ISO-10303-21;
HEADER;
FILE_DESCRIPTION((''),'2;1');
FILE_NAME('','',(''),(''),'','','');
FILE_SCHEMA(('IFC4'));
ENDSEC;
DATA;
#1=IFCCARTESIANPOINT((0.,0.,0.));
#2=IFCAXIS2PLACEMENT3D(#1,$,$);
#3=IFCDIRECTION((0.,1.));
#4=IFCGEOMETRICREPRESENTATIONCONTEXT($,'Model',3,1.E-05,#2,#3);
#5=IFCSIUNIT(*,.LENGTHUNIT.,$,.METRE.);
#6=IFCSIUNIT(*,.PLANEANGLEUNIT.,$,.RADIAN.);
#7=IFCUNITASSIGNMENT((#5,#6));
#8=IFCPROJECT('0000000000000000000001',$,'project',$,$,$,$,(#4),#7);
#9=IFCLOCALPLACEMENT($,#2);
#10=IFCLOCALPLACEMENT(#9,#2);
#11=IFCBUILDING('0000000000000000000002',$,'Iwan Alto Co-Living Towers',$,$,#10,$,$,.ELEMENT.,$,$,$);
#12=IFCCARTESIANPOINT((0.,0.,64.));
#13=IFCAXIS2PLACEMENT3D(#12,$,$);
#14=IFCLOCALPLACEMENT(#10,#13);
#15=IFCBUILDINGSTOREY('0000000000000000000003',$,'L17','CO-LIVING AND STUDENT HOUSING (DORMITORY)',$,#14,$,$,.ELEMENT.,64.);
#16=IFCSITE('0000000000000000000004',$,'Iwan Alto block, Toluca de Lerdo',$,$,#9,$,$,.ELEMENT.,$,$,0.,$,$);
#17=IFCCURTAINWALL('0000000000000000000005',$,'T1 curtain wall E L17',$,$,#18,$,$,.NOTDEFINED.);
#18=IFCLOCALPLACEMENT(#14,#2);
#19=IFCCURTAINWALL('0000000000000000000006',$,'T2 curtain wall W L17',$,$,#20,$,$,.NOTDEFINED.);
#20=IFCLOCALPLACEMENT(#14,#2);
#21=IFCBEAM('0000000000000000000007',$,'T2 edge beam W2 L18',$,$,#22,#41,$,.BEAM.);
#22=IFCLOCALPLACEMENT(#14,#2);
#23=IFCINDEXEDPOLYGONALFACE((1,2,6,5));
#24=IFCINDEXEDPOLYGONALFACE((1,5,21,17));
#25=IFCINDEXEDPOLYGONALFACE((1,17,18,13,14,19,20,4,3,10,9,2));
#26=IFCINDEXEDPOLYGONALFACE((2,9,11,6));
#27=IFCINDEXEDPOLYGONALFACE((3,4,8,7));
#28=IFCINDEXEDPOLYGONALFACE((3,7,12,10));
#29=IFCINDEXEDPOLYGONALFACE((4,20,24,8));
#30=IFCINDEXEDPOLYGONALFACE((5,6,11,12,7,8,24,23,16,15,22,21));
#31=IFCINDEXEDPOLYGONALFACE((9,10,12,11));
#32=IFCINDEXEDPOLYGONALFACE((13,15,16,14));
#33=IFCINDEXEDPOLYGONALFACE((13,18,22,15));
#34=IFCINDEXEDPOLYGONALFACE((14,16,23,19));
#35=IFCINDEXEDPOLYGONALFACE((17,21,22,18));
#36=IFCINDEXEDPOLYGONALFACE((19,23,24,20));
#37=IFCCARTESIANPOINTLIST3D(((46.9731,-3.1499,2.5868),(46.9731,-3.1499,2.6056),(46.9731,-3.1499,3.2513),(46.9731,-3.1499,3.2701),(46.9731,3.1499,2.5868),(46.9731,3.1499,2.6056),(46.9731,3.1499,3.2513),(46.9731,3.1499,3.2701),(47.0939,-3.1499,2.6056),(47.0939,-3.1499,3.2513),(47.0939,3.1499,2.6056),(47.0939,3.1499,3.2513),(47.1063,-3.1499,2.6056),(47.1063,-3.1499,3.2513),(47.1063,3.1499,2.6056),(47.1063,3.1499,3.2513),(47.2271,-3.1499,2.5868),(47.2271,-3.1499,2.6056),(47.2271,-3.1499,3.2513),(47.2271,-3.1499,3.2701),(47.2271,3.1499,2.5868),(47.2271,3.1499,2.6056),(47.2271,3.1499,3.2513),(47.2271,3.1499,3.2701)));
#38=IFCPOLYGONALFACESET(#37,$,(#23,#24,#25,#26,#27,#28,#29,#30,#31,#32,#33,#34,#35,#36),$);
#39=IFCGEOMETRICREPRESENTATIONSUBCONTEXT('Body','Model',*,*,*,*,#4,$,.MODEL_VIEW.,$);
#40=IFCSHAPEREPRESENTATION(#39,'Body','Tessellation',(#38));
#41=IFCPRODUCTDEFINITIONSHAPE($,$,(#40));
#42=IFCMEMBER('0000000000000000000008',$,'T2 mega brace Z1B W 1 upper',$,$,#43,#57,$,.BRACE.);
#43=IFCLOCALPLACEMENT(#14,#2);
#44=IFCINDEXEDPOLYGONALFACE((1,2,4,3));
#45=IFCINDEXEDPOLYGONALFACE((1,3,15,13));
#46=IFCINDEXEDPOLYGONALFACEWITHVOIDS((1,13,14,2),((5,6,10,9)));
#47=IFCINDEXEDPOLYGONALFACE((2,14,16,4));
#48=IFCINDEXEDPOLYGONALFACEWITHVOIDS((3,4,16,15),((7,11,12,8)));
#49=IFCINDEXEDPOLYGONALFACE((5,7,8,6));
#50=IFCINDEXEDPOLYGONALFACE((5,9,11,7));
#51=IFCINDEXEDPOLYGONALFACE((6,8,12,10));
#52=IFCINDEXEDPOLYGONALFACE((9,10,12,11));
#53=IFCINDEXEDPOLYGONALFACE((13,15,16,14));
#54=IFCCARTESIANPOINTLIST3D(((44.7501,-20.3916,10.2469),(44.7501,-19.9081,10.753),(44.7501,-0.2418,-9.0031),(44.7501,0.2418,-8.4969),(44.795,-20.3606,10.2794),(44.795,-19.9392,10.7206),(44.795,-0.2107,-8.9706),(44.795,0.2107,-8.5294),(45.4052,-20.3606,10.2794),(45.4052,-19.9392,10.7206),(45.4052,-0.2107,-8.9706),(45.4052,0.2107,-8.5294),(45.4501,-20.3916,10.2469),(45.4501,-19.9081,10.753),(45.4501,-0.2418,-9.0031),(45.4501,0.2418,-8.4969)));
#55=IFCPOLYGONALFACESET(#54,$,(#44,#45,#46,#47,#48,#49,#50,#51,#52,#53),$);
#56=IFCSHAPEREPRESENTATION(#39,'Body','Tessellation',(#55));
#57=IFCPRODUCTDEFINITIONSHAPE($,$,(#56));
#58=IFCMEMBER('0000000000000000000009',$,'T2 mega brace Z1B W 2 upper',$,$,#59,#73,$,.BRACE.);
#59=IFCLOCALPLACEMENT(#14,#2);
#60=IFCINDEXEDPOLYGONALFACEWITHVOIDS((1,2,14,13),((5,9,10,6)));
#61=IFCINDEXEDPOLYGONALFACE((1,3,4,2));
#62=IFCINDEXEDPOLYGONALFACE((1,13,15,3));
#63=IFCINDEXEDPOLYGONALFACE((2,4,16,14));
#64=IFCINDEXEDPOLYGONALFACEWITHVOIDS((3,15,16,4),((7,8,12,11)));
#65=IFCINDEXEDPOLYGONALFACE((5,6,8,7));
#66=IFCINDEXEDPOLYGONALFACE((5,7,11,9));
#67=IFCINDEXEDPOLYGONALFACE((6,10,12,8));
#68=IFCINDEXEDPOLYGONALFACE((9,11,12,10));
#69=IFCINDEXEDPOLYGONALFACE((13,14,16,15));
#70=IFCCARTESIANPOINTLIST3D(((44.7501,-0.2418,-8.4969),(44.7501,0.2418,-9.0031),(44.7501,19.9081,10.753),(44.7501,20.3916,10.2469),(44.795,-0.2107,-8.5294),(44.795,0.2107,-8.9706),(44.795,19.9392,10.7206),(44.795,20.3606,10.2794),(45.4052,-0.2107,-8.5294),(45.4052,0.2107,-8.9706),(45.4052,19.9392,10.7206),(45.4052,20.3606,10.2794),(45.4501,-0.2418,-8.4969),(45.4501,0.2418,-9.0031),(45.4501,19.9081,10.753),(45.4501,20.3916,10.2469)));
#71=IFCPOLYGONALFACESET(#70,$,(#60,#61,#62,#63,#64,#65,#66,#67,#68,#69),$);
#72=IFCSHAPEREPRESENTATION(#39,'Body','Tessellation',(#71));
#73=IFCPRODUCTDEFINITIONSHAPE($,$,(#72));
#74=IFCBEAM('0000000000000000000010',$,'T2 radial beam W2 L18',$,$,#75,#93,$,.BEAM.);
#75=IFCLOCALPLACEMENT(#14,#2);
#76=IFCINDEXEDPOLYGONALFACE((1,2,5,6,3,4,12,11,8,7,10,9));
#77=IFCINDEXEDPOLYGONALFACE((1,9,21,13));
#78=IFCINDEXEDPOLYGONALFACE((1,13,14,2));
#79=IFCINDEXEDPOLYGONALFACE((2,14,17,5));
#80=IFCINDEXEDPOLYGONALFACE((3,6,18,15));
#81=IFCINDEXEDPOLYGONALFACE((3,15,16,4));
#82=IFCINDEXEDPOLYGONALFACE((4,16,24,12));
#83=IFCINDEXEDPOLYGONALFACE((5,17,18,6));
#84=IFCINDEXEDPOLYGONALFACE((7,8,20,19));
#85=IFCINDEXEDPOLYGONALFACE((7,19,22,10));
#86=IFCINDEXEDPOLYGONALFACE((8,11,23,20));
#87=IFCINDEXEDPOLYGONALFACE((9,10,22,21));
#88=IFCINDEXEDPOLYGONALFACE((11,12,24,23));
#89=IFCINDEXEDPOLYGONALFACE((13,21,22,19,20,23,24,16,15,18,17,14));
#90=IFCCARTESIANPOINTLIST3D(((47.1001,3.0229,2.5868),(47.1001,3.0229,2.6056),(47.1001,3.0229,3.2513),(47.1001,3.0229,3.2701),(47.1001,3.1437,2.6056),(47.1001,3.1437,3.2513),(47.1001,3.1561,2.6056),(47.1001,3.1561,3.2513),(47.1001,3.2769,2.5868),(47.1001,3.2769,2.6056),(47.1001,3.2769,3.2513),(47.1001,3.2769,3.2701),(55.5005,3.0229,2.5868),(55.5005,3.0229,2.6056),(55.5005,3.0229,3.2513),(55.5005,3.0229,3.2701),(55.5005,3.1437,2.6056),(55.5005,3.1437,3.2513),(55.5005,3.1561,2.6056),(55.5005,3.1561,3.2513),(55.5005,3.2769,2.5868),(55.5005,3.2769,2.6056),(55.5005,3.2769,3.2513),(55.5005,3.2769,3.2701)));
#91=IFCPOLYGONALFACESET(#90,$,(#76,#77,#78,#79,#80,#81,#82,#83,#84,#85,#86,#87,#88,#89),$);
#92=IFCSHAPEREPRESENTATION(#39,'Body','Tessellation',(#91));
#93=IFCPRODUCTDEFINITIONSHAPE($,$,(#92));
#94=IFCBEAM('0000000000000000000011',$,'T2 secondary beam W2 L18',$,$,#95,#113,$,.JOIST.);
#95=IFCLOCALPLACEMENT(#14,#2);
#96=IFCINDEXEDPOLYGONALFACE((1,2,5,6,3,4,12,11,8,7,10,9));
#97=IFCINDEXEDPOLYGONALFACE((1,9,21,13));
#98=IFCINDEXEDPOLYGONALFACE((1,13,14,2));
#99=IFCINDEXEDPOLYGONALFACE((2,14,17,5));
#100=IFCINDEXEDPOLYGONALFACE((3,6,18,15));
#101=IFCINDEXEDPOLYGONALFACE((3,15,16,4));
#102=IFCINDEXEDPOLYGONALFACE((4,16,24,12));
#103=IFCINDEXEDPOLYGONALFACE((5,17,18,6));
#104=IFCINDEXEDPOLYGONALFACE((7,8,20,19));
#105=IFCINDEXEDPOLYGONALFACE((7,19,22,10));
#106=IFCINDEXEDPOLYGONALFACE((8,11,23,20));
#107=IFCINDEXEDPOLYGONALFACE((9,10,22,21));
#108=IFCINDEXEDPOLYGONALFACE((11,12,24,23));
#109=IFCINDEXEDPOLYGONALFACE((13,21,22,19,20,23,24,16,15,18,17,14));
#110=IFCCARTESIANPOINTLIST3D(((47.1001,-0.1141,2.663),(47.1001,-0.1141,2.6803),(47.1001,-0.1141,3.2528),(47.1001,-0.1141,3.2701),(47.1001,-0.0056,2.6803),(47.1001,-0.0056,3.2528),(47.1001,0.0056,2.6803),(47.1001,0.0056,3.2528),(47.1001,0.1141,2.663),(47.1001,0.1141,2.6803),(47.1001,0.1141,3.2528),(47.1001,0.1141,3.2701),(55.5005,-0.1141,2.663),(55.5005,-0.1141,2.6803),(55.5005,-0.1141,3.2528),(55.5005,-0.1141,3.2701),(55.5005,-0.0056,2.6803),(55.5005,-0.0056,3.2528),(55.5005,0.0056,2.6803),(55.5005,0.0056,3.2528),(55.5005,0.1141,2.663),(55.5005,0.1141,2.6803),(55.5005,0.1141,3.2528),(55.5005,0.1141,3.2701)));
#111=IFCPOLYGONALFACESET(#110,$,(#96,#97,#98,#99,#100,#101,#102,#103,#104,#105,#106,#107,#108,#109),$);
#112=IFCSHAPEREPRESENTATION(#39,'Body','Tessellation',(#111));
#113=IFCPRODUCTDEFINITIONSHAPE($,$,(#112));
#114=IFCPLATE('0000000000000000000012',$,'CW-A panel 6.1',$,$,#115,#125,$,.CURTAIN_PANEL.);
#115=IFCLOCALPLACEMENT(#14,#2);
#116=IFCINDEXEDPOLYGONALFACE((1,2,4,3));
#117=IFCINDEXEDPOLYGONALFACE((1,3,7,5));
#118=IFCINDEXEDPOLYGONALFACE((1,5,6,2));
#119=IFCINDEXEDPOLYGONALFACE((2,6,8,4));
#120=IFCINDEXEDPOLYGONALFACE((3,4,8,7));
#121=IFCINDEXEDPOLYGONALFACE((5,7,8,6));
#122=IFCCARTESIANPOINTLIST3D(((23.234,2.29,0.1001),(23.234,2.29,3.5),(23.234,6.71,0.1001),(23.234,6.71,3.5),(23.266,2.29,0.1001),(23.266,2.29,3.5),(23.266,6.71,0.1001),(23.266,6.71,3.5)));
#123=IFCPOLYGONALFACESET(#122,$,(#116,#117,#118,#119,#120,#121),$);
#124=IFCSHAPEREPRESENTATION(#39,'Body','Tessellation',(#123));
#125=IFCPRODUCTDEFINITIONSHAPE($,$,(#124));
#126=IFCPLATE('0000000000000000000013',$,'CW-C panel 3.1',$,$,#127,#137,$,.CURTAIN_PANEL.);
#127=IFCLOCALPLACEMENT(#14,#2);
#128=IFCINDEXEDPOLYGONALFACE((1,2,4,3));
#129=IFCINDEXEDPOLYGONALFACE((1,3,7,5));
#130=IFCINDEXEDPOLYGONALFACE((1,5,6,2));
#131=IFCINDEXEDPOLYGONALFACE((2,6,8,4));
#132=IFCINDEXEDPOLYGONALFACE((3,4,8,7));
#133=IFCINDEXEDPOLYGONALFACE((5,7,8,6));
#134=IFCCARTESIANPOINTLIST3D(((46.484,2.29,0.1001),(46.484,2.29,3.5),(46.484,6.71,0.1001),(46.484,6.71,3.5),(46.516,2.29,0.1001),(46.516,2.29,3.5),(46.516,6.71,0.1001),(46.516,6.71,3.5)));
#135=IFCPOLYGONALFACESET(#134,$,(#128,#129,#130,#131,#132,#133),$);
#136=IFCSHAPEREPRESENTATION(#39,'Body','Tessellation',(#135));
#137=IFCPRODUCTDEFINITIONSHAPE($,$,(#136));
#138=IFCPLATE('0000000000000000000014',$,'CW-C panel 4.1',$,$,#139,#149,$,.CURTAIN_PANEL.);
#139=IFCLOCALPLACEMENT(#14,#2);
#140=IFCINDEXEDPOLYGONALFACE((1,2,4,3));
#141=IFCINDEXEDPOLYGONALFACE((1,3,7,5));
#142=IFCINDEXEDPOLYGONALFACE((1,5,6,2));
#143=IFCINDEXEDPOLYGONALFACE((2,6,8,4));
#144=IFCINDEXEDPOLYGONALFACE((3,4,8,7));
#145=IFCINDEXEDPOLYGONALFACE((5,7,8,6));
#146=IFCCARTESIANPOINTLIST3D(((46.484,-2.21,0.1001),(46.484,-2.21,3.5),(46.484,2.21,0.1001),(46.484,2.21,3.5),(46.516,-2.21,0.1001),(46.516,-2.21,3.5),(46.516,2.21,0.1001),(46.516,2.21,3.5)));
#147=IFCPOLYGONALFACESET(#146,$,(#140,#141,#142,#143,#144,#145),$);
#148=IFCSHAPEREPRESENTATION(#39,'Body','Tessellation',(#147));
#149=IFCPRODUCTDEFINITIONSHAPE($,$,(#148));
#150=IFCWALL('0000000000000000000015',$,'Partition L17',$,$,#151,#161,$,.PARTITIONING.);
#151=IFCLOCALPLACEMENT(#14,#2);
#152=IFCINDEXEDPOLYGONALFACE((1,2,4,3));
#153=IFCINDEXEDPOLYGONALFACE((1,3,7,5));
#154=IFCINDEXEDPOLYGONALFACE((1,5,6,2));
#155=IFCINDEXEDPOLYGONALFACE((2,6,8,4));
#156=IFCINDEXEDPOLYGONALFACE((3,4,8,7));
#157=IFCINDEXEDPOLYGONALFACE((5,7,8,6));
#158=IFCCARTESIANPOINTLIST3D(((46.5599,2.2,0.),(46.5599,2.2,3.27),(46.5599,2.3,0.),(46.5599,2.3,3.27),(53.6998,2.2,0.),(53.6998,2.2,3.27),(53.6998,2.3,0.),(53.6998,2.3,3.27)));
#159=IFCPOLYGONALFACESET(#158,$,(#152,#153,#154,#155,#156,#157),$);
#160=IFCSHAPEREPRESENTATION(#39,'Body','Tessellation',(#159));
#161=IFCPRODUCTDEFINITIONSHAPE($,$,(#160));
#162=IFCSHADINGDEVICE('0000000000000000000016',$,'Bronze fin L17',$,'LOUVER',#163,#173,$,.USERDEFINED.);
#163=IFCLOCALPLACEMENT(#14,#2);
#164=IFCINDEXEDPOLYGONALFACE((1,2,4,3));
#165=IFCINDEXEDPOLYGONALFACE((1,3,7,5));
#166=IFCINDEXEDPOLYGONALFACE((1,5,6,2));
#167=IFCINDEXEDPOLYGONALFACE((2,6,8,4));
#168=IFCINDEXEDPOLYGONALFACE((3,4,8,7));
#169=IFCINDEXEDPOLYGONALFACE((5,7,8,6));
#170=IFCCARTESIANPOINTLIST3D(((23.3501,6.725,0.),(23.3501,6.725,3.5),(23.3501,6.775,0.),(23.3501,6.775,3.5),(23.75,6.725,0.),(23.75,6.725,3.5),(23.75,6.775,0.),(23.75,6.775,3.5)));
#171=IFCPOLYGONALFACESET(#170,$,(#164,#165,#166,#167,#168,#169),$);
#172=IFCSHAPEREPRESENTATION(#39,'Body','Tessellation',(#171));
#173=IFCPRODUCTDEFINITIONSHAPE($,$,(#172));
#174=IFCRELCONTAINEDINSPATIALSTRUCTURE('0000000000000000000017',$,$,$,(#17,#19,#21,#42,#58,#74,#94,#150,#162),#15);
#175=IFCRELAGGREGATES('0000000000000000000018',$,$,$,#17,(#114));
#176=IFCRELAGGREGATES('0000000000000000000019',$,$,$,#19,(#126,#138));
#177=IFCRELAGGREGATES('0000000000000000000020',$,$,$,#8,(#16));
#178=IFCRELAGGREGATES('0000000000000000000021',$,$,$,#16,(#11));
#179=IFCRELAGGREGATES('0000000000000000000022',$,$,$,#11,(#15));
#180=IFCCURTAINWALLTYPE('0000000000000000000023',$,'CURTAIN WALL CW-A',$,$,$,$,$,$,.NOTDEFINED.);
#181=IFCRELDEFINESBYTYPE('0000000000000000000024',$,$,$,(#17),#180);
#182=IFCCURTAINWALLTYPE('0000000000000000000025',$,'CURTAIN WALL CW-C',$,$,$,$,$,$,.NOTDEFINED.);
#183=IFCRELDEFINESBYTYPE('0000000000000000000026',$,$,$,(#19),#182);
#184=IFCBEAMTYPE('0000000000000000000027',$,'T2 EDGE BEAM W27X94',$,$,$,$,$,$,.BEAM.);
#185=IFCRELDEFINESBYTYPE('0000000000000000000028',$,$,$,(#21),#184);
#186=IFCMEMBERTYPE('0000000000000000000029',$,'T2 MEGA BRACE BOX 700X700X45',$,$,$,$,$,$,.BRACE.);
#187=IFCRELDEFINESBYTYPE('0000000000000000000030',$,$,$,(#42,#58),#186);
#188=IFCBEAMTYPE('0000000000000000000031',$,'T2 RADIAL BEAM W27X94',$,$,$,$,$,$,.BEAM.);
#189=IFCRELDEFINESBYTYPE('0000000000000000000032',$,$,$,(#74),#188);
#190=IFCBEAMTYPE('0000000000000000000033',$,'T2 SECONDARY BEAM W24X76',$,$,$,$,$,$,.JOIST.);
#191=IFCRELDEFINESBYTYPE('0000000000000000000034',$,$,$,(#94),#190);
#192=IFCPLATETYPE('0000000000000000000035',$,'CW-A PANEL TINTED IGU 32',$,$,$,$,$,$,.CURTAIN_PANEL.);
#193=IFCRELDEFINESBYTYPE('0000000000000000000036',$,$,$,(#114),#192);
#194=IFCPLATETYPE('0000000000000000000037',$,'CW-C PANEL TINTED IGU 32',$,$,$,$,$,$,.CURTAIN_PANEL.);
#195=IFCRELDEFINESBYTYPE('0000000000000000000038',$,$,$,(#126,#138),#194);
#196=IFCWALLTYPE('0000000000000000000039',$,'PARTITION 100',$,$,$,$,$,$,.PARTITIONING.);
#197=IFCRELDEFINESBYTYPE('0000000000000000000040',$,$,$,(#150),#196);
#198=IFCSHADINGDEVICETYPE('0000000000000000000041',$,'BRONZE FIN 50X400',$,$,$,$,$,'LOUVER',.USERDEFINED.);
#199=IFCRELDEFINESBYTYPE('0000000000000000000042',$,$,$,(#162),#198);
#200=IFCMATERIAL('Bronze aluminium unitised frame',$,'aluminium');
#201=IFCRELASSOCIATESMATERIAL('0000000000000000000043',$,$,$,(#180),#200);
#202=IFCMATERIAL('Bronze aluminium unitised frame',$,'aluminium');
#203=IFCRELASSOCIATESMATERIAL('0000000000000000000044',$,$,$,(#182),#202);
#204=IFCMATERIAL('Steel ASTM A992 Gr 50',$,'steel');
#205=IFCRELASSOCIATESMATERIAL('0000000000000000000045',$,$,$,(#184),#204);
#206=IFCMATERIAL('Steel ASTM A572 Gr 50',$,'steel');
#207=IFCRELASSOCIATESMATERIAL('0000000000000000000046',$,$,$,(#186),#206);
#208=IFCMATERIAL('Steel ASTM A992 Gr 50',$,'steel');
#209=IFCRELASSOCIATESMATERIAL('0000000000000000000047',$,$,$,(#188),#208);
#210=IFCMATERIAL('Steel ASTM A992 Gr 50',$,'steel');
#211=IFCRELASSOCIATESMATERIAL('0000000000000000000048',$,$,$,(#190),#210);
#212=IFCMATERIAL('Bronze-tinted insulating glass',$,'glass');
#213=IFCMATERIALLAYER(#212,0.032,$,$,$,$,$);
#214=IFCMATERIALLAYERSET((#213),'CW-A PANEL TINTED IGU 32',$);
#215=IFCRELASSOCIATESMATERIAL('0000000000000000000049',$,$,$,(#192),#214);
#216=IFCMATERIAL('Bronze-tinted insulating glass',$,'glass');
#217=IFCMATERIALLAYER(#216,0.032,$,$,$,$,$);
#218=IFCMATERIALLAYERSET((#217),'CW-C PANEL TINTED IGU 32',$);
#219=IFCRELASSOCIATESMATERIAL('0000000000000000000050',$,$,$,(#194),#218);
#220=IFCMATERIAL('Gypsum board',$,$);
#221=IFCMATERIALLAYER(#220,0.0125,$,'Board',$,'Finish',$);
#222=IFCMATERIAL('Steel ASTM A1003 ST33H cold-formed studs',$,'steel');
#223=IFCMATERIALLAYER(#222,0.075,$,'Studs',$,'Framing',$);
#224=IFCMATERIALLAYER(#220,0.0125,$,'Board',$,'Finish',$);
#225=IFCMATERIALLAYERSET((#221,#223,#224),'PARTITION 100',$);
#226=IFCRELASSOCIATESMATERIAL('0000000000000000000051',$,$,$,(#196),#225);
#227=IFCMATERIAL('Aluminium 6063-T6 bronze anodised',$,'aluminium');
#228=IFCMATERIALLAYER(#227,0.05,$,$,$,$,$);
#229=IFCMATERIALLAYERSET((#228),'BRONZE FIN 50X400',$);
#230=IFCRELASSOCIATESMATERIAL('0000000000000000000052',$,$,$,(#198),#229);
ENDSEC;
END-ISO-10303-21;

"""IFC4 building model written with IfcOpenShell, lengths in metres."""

from ifc_helpers import new_model, si_unit, direction, frame, frame_2d, origin, origin_2d, place, context, subcontext, project, spatial, rectangle, hollow_rectangle, i_section, extrude, material, layer, layer_set, material_profile, profile_set, type_object, element, aggregate, save


model = new_model("IFC4")

# Units and contexts
model_context = context("Model", 3, precision=1e-05, world=origin(), true_north=direction((0.0, 1.0)))
body_context = subcontext(model_context, "Body", "Model", "MODEL_VIEW")
ifc_project = project(units=[si_unit("LENGTHUNIT", "METRE"), si_unit("PLANEANGLEUNIT", "RADIAN")], contexts=[model_context])

# Site, building, storey
site_placement = place(None, origin())
site = spatial("IfcSite", under=ifc_project, at=site_placement, Name="Iwan Alto block, Toluca de Lerdo", CompositionType="ELEMENT", RefElevation=0.0)
building_placement = place(site_placement, origin())
building = spatial("IfcBuilding", under=site, at=building_placement, Name="Iwan Alto Co-Living Towers", CompositionType="ELEMENT")
storey_placement = place(building_placement, frame((0.0, 0.0, 64.0)))
storey = spatial("IfcBuildingStorey", under=building, at=storey_placement, Name="L17", Description="CO-LIVING AND STUDENT HOUSING (DORMITORY)", CompositionType="ELEMENT", Elevation=64.0)

# Curtain walls
ifc_material_1 = material(Name="Bronze aluminium unitised frame", Category="aluminium")
curtain_wall_type_1 = type_object("IfcCurtainWallType", Name="CURTAIN WALL CW-A", PredefinedType="NOTDEFINED", material=ifc_material_1)
curtain_wall_1_placement = place(storey_placement, origin())
curtain_wall_1 = element("IfcCurtainWall", 1, at=curtain_wall_1_placement, inside=storey, type_object=curtain_wall_type_1, Name="T1 curtain wall E L17", PredefinedType="NOTDEFINED")
ifc_material_2 = material(Name="Bronze aluminium unitised frame", Category="aluminium")
curtain_wall_type_2 = type_object("IfcCurtainWallType", Name="CURTAIN WALL CW-C", PredefinedType="NOTDEFINED", material=ifc_material_2)
curtain_wall_2_placement = place(storey_placement, origin())
curtain_wall_2 = element("IfcCurtainWall", 2, at=curtain_wall_2_placement, inside=storey, type_object=curtain_wall_type_2, Name="T2 curtain wall W L17", PredefinedType="NOTDEFINED")

# Beam
ifc_material_3 = material(Name="Steel ASTM A992 Gr 50", Category="steel")
ifc_material_profile_1 = material_profile(ifc_material_3, i_section(OverallWidth=0.2539, OverallDepth=0.6833, WebThickness=0.0125, FlangeThickness=0.0188, at=origin_2d()), Name="W27X94")
ifc_profile_set_1 = profile_set([ifc_material_profile_1], Name="Steel ASTM A992 Gr 50")
beam_type_1 = type_object("IfcBeamType", Name="T2 EDGE BEAM W27X94", PredefinedType="BEAM", material=ifc_profile_set_1)
beam_1_placement = place(storey_placement, frame((47.1001, 3.1499, 2.9285), z_axis=(0.0, -1.0, 0.0), x_axis=(1.0, 0.0, 0.0)))
element("IfcBeam", 3, at=beam_1_placement, inside=storey, type_object=beam_type_1, Name="T2 edge beam W2 L18", PredefinedType="BEAM", context=body_context, shape_type="SweptSolid", body=[
    extrude(i_section(OverallWidth=0.2539, OverallDepth=0.6833, WebThickness=0.0125, FlangeThickness=0.0188, at=origin_2d()), origin(), (0.0, 0.0, 1.0), 6.2998),
])

# Members
ifc_material_4 = material(Name="Steel ASTM A572 Gr 50", Category="steel")
ifc_material_profile_2 = material_profile(ifc_material_4, hollow_rectangle(XDim=0.7, YDim=0.7, WallThickness=0.0449, at=origin_2d()), Name="BOX 700X700X45")
ifc_profile_set_2 = profile_set([ifc_material_profile_2], Name="Steel ASTM A572 Gr 50")
member_type_1 = type_object("IfcMemberType", Name="T2 MEGA BRACE BOX 700X700X45", PredefinedType="BRACE", material=ifc_profile_set_2)
for number, where, z_axis, x_axis, name in (
    (4, (45.1001, 0.0, -8.75), (0.0, -0.723069, 0.690776), (1.0, 0.0, 0.0), "T2 mega brace Z1B W 1 upper"),
    (5, (45.1001, 0.0, -8.75), (0.0, 0.723069, 0.690776), (-1.0, 0.0, 0.0), "T2 mega brace Z1B W 2 upper"),
):
    element("IfcMember", number, at=place(storey_placement, frame(where, z_axis=z_axis, x_axis=x_axis)), inside=storey, type_object=member_type_1, Name=name, PredefinedType="BRACE", context=body_context, shape_type="SweptSolid", body=[
        extrude(hollow_rectangle(XDim=0.7, YDim=0.7, WallThickness=0.0449, at=origin_2d()), origin(), (0.0, 0.0, 1.0), 27.8672),
    ])

# Beams
ifc_material_5 = material(Name="Steel ASTM A992 Gr 50", Category="steel")
ifc_material_profile_3 = material_profile(ifc_material_5, i_section(OverallWidth=0.2539, OverallDepth=0.6833, WebThickness=0.0125, FlangeThickness=0.0188, at=origin_2d()), Name="W27X94")
ifc_profile_set_3 = profile_set([ifc_material_profile_3], Name="Steel ASTM A992 Gr 50")
beam_type_2 = type_object("IfcBeamType", Name="T2 RADIAL BEAM W27X94", PredefinedType="BEAM", material=ifc_profile_set_3)
beam_2_placement = place(storey_placement, frame((47.1001, 3.1499, 2.9285), z_axis=(1.0, 0.0, 0.0), x_axis=(0.0, 1.0, 0.0)))
element("IfcBeam", 6, at=beam_2_placement, inside=storey, type_object=beam_type_2, Name="T2 radial beam W2 L18", PredefinedType="BEAM", context=body_context, shape_type="SweptSolid", body=[
    extrude(i_section(OverallWidth=0.2539, OverallDepth=0.6833, WebThickness=0.0125, FlangeThickness=0.0188, at=origin_2d()), origin(), (0.0, 0.0, 1.0), 8.4004),
])
ifc_material_6 = material(Name="Steel ASTM A992 Gr 50", Category="steel")
ifc_material_profile_4 = material_profile(ifc_material_6, i_section(OverallWidth=0.2283, OverallDepth=0.6072, WebThickness=0.0112, FlangeThickness=0.0173, at=origin_2d()), Name="W24X76")
ifc_profile_set_4 = profile_set([ifc_material_profile_4], Name="Steel ASTM A992 Gr 50")
beam_type_3 = type_object("IfcBeamType", Name="T2 SECONDARY BEAM W24X76", PredefinedType="JOIST", material=ifc_profile_set_4)
beam_3_placement = place(storey_placement, frame((47.1001, 0.0, 2.9666), z_axis=(1.0, 0.0, 0.0), x_axis=(0.0, 1.0, 0.0)))
element("IfcBeam", 7, at=beam_3_placement, inside=storey, type_object=beam_type_3, Name="T2 secondary beam W2 L18", PredefinedType="JOIST", context=body_context, shape_type="SweptSolid", body=[
    extrude(i_section(OverallWidth=0.2283, OverallDepth=0.6072, WebThickness=0.0112, FlangeThickness=0.0173, at=origin_2d()), origin(), (0.0, 0.0, 1.0), 8.4004),
])

# Plates
ifc_material_7 = material(Name="Bronze-tinted insulating glass", Category="glass")
ifc_layer_1 = layer(ifc_material_7, 0.032)
ifc_layer_set_1 = layer_set([ifc_layer_1], Name="CW-A PANEL TINTED IGU 32")
plate_type_1 = type_object("IfcPlateType", Name="CW-A PANEL TINTED IGU 32", PredefinedType="CURTAIN_PANEL", material=ifc_layer_set_1)
plate_1_placement = place(storey_placement, frame((23.25, 4.5, 0.1001), z_axis=(0.0, 0.0, 1.0), x_axis=(0.0, 1.0, 0.0)))
plate_1 = element("IfcPlate", 8, at=plate_1_placement, type_object=plate_type_1, Name="CW-A panel 6.1", PredefinedType="CURTAIN_PANEL", context=body_context, shape_type="SweptSolid", body=[
    extrude(rectangle(XDim=4.4199, YDim=0.032, at=origin_2d()), origin(), (0.0, 0.0, 1.0), 3.3999),
])
aggregate(curtain_wall_1, [plate_1])
ifc_material_8 = material(Name="Bronze-tinted insulating glass", Category="glass")
ifc_layer_2 = layer(ifc_material_8, 0.032)
ifc_layer_set_2 = layer_set([ifc_layer_2], Name="CW-C PANEL TINTED IGU 32")
plate_type_2 = type_object("IfcPlateType", Name="CW-C PANEL TINTED IGU 32", PredefinedType="CURTAIN_PANEL", material=ifc_layer_set_2)
plate_2_placement = place(storey_placement, frame((46.5, 4.5, 0.1001), z_axis=(0.0, 0.0, 1.0), x_axis=(0.0, -1.0, 0.0)))
plate_2 = element("IfcPlate", 9, at=plate_2_placement, type_object=plate_type_2, Name="CW-C panel 3.1", PredefinedType="CURTAIN_PANEL", context=body_context, shape_type="SweptSolid", body=[
    extrude(rectangle(XDim=4.4199, YDim=0.032, at=origin_2d()), origin(), (0.0, 0.0, 1.0), 3.3999),
])
plate_3_placement = place(storey_placement, frame((46.5, 0.0, 0.1001), z_axis=(0.0, 0.0, 1.0), x_axis=(0.0, -1.0, 0.0)))
plate_3 = element("IfcPlate", 10, at=plate_3_placement, type_object=plate_type_2, Name="CW-C panel 4.1", PredefinedType="CURTAIN_PANEL", context=body_context, shape_type="SweptSolid", body=[
    extrude(rectangle(XDim=4.4199, YDim=0.032, at=origin_2d()), origin(), (0.0, 0.0, 1.0), 3.3999),
])
aggregate(curtain_wall_2, [plate_2, plate_3])

# Wall
ifc_material_9 = material(Name="Gypsum board")
ifc_layer_3 = layer(ifc_material_9, 0.0125, Name="Board", Category="Finish")
ifc_material_10 = material(Name="Steel ASTM A1003 ST33H cold-formed studs", Category="steel")
ifc_layer_4 = layer(ifc_material_10, 0.075, Name="Studs", Category="Framing")
ifc_layer_5 = layer(ifc_material_9, 0.0125, Name="Board", Category="Finish")
ifc_layer_set_3 = layer_set([ifc_layer_3, ifc_layer_4, ifc_layer_5], Name="PARTITION 100")
wall_type = type_object("IfcWallType", Name="PARTITION 100", PredefinedType="PARTITIONING", material=ifc_layer_set_3)
wall_placement = place(storey_placement, frame((46.5601, 2.25, 0.0), z_axis=(0.0, 0.0, 1.0), x_axis=(1.0, 0.0, 0.0)))
element("IfcWall", 11, at=wall_placement, inside=storey, type_object=wall_type, Name="Partition L17", PredefinedType="PARTITIONING", context=body_context, shape_type="SweptSolid", body=[
    extrude(rectangle(XDim=7.1399, YDim=0.1001, at=frame_2d((3.5698, 0.0))), origin(), (0.0, 0.0, 1.0), 3.27),
])

# Shading device
ifc_material_11 = material(Name="Aluminium 6063-T6 bronze anodised", Category="aluminium")
ifc_layer_6 = layer(ifc_material_11, 0.05)
ifc_layer_set_4 = layer_set([ifc_layer_6], Name="BRONZE FIN 50X400")
shading_device_type = type_object("IfcShadingDeviceType", Name="BRONZE FIN 50X400", ElementType="LOUVER", PredefinedType="USERDEFINED", material=ifc_layer_set_4)
for number, where, z_axis, x_axis, name in (
    (12, (23.55, 6.75, 0.0), (0.0, 0.0, 1.0), (0.0, 1.0, 0.0), "Bronze fin L17"),
):
    element("IfcShadingDevice", number, at=place(storey_placement, frame(where, z_axis=z_axis, x_axis=x_axis)), inside=storey, type_object=shading_device_type, Name=name, ObjectType="LOUVER", PredefinedType="USERDEFINED", context=body_context, shape_type="SweptSolid", body=[
        extrude(rectangle(XDim=0.05, YDim=0.3999, at=origin_2d()), origin(), (0.0, 0.0, 1.0), 3.5),
    ])

save(model, "model.ifc")
